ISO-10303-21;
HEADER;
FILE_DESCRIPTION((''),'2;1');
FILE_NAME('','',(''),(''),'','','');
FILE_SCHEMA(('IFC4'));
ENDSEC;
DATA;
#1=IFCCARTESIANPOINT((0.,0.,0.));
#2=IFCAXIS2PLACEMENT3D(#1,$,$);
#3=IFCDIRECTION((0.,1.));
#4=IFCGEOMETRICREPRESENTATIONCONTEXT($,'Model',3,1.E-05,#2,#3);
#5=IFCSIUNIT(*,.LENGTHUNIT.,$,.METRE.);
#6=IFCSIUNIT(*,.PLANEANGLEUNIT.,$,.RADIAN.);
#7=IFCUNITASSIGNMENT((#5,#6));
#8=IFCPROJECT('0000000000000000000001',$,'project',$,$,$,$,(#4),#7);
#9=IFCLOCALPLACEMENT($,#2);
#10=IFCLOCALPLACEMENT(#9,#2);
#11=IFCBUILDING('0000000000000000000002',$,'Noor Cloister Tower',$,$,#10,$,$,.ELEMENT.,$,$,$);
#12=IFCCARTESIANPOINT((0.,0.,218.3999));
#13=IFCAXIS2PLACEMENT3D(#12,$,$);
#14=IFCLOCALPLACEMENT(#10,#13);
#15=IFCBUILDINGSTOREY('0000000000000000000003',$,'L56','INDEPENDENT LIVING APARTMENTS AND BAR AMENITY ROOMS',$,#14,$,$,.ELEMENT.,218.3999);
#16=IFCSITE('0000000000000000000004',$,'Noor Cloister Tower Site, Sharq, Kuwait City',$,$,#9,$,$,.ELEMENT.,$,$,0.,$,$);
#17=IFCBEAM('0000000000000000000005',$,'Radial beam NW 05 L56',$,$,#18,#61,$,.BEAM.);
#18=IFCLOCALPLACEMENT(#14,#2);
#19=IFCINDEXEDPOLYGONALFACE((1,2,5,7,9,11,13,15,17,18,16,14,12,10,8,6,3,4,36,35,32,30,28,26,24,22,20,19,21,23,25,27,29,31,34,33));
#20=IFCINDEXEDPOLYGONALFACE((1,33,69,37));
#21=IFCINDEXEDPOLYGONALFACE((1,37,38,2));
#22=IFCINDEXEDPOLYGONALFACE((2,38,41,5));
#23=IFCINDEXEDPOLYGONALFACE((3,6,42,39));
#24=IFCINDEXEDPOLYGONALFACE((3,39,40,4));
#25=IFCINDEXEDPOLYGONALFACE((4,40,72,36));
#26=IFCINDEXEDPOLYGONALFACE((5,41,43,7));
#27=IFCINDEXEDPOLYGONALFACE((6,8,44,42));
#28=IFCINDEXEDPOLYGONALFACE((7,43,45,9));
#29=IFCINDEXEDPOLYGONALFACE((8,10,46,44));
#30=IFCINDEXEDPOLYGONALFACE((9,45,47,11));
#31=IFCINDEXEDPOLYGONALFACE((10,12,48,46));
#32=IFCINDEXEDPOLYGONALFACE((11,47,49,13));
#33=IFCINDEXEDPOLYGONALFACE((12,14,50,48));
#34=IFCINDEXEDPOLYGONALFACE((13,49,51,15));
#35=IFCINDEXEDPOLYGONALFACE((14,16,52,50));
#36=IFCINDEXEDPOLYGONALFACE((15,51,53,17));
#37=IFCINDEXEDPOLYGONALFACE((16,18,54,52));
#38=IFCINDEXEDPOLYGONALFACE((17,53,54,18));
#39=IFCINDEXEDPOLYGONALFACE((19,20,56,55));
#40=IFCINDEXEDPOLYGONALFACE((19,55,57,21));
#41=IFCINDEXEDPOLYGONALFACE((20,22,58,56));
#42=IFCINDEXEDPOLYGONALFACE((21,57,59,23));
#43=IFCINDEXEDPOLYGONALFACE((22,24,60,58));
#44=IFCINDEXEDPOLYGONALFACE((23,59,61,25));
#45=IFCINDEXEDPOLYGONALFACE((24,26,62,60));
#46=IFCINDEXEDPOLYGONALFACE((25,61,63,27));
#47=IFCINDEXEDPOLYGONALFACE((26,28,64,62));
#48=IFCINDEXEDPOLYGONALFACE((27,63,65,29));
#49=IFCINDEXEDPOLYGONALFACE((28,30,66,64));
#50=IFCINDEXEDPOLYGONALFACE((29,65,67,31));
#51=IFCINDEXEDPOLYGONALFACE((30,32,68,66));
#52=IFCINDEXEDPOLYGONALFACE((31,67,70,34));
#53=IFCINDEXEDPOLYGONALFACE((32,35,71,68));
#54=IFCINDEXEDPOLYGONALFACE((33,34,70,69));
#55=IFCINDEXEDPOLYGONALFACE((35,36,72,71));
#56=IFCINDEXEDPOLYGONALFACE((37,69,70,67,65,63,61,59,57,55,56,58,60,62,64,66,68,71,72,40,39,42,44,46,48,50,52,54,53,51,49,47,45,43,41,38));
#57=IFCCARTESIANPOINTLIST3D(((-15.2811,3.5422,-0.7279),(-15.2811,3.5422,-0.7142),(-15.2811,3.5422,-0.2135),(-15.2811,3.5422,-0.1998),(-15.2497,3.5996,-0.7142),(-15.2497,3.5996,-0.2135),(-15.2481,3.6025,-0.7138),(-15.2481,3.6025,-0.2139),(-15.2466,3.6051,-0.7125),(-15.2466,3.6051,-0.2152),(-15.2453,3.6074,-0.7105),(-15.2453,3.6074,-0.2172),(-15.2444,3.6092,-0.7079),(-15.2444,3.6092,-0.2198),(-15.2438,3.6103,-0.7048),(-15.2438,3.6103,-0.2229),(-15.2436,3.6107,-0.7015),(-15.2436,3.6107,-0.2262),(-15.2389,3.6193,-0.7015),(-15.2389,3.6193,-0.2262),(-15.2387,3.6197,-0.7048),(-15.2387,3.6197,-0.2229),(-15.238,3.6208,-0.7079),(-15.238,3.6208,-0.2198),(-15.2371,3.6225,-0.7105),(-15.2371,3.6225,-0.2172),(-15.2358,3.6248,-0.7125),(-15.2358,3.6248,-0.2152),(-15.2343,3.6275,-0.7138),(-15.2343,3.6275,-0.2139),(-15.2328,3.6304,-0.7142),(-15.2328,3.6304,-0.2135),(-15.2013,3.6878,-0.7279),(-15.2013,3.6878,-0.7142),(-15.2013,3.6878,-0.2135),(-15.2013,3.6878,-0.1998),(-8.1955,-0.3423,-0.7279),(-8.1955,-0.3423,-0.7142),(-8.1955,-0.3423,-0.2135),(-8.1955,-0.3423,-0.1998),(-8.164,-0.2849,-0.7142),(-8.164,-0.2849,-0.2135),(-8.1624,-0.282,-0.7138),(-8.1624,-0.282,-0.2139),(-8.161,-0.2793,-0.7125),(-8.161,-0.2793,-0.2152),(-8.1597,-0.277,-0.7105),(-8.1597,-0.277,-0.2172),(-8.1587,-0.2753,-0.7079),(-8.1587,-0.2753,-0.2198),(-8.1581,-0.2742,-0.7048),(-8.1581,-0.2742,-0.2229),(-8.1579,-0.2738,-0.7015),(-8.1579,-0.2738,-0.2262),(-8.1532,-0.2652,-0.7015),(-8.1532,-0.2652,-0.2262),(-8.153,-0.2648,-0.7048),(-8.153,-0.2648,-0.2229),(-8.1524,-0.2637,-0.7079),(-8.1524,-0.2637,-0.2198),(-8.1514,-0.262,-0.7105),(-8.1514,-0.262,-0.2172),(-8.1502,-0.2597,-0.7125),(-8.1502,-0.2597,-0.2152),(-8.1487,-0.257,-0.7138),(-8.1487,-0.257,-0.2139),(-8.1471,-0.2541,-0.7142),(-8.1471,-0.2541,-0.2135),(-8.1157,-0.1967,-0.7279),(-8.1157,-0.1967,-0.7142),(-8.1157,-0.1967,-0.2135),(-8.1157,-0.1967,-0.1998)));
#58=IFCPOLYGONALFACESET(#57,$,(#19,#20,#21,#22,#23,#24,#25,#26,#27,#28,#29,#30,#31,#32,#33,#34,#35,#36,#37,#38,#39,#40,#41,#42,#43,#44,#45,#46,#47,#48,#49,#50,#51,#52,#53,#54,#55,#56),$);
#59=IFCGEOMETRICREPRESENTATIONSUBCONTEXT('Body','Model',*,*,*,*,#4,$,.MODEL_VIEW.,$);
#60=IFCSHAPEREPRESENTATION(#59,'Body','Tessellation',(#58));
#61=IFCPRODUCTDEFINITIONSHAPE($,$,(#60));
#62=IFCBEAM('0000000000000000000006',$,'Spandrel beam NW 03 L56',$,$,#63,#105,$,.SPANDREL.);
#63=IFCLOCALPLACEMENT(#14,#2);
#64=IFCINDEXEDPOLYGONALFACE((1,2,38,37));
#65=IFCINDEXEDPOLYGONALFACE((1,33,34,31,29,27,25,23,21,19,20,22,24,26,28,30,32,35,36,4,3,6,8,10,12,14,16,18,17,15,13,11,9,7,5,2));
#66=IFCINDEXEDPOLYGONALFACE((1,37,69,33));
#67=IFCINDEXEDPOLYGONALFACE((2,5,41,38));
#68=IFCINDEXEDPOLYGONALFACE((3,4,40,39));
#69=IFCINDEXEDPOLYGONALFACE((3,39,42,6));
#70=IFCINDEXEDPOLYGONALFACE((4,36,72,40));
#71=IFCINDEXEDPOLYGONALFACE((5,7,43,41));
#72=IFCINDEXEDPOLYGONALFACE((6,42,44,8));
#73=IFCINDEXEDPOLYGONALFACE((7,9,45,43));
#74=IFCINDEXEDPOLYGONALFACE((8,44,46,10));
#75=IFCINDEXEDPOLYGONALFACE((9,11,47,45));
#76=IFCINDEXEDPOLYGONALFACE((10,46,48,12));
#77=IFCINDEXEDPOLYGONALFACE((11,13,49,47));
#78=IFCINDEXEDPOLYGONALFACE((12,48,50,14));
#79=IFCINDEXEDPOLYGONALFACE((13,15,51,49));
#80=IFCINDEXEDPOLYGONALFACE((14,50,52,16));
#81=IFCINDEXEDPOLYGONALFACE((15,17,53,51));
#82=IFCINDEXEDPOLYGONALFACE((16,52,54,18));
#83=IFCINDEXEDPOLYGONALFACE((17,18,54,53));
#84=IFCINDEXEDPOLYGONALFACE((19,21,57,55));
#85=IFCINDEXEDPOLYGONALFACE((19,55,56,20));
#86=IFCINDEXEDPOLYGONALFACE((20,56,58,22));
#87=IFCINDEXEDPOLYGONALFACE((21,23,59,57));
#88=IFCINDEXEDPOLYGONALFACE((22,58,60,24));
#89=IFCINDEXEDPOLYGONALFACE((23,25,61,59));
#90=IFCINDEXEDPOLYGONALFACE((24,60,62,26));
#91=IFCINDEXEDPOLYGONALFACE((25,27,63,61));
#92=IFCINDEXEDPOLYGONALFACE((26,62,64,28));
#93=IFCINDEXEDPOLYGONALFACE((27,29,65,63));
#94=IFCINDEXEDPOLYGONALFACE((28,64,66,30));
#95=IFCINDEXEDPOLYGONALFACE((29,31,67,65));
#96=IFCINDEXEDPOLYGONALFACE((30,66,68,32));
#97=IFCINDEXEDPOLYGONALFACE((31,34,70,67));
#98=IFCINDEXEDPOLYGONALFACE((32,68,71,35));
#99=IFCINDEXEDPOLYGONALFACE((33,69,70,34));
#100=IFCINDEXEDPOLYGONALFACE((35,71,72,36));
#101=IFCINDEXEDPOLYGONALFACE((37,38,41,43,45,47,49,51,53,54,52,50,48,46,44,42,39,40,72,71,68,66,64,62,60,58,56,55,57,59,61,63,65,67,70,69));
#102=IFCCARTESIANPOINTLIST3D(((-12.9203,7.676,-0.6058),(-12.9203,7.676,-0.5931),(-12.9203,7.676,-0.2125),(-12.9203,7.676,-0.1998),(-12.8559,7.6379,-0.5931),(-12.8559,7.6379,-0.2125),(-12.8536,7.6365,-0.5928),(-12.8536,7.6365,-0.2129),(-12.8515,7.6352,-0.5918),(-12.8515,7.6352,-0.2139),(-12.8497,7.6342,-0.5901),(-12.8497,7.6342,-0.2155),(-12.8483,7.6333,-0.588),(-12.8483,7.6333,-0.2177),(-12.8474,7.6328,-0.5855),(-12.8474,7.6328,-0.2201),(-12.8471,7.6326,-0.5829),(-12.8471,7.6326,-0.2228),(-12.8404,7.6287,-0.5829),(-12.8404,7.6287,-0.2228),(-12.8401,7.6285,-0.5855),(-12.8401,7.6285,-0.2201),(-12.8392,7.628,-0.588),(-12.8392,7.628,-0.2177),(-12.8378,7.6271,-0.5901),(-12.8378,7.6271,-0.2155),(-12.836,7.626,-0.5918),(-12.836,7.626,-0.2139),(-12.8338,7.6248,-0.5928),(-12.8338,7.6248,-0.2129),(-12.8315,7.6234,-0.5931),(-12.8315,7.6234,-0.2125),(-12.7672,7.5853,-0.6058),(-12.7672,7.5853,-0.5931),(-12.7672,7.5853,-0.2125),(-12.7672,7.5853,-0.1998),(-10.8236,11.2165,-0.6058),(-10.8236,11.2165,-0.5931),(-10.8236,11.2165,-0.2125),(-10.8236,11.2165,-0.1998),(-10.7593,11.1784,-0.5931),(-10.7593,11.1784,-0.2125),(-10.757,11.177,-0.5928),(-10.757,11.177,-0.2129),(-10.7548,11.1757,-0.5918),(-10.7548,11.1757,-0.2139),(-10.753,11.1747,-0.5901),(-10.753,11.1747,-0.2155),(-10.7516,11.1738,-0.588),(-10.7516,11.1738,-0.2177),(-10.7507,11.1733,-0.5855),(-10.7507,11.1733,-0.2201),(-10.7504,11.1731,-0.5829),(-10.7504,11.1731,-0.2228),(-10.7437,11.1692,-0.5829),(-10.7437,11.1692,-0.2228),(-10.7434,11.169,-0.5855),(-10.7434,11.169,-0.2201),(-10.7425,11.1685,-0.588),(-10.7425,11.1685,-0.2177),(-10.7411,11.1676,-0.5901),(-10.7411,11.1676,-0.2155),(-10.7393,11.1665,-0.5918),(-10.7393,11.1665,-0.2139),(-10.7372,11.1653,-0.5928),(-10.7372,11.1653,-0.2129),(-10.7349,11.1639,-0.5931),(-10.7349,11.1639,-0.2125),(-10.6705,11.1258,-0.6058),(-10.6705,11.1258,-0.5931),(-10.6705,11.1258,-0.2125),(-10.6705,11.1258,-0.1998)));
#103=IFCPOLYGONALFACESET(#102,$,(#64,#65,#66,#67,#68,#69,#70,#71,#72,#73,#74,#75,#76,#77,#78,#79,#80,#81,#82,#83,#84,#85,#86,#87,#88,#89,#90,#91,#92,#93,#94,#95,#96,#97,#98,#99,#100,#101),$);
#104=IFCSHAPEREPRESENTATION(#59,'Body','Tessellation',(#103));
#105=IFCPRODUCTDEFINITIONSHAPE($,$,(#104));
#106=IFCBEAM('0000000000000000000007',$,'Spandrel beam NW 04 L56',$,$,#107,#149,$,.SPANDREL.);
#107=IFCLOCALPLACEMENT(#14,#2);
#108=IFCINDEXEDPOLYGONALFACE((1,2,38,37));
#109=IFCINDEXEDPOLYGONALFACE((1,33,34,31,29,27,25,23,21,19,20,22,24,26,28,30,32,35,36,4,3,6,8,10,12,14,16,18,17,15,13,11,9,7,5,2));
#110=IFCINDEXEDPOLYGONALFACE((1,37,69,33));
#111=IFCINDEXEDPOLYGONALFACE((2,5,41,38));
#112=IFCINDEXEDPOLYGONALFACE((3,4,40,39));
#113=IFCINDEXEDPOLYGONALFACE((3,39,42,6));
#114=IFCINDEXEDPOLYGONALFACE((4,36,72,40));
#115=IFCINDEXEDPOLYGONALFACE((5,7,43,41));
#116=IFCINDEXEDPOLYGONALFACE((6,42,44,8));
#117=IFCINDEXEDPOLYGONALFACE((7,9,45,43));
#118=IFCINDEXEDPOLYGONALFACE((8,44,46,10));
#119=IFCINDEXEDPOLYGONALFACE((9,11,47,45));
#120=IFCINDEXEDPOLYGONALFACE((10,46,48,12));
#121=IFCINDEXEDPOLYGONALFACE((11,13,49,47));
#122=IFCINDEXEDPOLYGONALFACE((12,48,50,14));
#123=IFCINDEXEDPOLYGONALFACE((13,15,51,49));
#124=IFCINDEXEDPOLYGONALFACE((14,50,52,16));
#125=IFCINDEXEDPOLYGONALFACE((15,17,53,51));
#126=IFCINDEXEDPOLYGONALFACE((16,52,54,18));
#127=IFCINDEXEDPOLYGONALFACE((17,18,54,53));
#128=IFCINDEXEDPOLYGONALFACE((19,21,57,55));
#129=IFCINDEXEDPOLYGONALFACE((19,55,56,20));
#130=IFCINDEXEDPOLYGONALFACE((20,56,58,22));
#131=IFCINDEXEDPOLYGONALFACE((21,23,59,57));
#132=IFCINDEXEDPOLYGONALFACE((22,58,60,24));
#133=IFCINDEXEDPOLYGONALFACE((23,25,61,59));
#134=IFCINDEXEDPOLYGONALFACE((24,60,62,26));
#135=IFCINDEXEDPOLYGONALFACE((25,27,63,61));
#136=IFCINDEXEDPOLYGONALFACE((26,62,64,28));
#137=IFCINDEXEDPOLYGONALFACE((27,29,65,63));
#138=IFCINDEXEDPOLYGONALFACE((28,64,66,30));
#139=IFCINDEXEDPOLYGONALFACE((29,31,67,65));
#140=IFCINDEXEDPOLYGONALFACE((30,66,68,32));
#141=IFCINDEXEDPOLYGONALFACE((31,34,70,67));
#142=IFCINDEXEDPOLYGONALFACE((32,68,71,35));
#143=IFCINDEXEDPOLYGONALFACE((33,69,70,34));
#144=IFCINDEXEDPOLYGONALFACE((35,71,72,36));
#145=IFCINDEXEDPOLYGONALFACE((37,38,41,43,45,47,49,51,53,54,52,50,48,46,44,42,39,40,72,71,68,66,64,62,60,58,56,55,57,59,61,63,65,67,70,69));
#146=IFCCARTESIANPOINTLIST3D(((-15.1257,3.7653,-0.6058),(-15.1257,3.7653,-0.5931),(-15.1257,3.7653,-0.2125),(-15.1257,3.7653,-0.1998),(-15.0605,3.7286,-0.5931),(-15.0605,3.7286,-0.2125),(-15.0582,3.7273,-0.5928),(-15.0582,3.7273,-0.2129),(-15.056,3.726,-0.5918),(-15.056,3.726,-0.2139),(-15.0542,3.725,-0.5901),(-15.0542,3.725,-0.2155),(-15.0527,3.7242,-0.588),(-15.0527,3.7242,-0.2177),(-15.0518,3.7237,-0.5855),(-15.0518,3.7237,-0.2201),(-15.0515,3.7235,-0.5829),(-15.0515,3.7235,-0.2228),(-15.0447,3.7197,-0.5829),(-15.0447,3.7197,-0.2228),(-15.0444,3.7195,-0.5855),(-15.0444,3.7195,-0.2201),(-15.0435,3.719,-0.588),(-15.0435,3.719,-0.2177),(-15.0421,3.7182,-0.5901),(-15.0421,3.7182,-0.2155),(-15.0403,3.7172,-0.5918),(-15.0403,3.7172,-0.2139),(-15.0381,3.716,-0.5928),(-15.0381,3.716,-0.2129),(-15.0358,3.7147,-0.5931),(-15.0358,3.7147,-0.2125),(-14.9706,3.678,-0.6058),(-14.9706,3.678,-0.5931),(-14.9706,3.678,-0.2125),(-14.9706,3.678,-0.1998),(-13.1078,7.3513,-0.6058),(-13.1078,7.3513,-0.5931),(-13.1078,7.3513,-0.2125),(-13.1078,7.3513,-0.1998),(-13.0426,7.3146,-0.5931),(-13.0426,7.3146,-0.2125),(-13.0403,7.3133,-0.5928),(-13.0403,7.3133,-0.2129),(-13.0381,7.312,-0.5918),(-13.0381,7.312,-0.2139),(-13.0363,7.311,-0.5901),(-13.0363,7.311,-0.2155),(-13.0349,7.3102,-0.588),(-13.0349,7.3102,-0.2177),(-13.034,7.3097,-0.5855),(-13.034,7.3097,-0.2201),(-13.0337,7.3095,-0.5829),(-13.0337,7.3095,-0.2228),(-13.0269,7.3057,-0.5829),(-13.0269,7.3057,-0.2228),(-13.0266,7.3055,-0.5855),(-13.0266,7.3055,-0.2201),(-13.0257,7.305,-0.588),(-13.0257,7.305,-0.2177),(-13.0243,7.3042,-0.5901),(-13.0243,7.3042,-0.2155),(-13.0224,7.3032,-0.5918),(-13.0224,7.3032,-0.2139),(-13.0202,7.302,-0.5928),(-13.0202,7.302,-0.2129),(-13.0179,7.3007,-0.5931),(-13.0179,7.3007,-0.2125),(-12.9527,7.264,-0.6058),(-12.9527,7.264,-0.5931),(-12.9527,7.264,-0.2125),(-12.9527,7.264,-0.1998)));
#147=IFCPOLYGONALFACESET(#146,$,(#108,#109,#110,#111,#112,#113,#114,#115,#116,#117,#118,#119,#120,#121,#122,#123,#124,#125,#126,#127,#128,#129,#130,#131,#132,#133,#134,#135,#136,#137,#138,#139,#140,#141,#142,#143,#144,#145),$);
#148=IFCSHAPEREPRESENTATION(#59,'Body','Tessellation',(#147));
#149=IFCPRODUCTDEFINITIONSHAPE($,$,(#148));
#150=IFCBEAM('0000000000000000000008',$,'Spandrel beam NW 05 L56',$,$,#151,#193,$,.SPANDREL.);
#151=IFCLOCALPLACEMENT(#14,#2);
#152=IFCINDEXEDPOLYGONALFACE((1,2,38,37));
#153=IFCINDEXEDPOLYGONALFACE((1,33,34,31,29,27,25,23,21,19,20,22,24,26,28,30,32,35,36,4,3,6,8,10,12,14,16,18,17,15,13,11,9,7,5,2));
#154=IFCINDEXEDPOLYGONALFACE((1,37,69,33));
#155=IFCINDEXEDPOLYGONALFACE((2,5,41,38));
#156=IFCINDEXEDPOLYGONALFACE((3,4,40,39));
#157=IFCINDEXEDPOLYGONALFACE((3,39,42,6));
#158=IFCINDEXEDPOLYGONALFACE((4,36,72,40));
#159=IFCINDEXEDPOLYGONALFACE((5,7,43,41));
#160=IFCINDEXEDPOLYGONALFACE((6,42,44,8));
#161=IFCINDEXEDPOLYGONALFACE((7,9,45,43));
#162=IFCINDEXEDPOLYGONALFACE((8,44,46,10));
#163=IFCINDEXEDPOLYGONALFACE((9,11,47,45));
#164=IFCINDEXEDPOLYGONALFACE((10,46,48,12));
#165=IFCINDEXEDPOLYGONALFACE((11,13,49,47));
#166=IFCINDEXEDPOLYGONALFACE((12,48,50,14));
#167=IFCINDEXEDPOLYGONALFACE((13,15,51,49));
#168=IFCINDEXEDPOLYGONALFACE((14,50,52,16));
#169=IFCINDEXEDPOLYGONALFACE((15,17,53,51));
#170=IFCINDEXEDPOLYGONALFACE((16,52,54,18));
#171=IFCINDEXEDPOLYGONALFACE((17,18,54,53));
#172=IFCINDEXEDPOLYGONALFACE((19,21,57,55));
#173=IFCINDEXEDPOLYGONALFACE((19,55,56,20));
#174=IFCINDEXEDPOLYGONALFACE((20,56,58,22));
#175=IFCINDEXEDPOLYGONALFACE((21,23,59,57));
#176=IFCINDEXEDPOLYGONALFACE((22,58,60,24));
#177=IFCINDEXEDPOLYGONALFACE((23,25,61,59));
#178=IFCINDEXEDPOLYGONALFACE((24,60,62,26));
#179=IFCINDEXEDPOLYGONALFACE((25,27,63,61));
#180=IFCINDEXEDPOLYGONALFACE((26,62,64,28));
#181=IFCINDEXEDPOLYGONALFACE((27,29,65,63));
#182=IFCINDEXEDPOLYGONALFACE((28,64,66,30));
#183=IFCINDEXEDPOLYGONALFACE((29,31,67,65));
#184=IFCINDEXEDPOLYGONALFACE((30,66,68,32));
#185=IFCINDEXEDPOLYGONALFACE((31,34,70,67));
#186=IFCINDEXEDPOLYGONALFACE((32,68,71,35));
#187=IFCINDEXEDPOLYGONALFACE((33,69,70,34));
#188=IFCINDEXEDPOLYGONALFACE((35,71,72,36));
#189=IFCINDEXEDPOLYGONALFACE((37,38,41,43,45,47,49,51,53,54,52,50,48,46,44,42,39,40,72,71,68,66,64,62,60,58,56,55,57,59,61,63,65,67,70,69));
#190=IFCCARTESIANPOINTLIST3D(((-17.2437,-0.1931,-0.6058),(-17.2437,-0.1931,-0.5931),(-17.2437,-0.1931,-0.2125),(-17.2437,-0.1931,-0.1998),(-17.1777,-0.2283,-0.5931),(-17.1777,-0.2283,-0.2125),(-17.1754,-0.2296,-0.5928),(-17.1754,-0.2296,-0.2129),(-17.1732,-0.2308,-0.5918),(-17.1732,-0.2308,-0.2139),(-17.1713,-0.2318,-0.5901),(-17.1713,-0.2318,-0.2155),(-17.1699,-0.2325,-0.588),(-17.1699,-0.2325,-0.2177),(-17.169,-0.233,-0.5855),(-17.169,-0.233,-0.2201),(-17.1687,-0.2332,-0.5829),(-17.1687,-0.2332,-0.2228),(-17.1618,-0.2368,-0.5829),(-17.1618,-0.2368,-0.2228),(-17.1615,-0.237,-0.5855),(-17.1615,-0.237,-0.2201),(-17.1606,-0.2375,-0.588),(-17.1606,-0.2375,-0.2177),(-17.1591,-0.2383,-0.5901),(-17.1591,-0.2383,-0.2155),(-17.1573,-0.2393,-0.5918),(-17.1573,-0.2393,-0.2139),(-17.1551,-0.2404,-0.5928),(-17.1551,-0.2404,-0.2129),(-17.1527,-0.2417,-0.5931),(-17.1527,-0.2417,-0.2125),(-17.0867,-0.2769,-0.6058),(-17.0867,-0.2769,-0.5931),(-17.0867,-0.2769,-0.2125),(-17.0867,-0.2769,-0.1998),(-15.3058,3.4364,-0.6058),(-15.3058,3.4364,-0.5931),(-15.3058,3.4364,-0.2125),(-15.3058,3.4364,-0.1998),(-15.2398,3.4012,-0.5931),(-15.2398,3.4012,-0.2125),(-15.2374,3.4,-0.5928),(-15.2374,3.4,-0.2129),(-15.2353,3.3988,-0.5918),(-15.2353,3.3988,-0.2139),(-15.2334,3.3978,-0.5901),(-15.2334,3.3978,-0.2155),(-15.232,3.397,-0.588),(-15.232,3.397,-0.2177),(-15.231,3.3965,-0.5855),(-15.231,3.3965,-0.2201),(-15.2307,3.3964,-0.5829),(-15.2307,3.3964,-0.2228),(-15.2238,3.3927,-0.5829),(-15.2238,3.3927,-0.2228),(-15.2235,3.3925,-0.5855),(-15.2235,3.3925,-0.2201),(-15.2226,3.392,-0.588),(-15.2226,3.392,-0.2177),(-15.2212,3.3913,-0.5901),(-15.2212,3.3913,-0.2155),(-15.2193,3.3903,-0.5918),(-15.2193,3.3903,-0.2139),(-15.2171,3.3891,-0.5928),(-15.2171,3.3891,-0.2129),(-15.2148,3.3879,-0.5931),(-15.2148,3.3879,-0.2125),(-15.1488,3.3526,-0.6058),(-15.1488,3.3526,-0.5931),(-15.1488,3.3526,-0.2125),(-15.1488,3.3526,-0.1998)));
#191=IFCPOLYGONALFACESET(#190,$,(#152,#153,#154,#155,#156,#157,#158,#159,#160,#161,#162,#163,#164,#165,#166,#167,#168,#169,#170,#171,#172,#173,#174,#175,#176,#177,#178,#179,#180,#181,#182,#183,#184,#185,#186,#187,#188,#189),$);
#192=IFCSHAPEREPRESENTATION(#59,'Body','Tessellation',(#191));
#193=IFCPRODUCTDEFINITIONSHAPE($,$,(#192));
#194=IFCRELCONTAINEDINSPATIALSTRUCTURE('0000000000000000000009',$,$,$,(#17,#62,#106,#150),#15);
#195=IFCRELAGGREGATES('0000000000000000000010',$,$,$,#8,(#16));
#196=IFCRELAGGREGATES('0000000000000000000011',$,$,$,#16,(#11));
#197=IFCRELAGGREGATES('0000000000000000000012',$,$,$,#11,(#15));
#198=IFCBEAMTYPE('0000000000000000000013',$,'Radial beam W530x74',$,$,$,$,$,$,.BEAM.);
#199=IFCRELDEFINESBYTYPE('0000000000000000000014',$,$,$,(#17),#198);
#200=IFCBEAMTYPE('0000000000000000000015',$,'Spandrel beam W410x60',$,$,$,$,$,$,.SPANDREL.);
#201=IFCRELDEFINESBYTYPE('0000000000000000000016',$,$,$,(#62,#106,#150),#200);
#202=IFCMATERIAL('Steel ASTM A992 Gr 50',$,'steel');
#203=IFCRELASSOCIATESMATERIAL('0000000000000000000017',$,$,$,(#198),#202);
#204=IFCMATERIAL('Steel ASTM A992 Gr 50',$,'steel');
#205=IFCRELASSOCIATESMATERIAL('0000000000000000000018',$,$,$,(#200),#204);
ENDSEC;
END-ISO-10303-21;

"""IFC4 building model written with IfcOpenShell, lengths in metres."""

from ifc_helpers import new_model, si_unit, direction, frame, origin, origin_2d, place, context, subcontext, project, spatial, i_section, extrude, material, material_profile, profile_set, type_object, element, save


model = new_model("IFC4")

# Units and contexts
model_context = context("Model", 3, precision=1e-05, world=origin(), true_north=direction((0.0, 1.0)))
body_context = subcontext(model_context, "Body", "Model", "MODEL_VIEW")
ifc_project = project(units=[si_unit("LENGTHUNIT", "METRE"), si_unit("PLANEANGLEUNIT", "RADIAN")], contexts=[model_context])

# Site, building, storey
site_placement = place(None, origin())
site = spatial("IfcSite", under=ifc_project, at=site_placement, Name="Noor Cloister Tower Site, Sharq, Kuwait City", CompositionType="ELEMENT", RefElevation=0.0)
building_placement = place(site_placement, origin())
building = spatial("IfcBuilding", under=site, at=building_placement, Name="Noor Cloister Tower", CompositionType="ELEMENT")
storey_placement = place(building_placement, frame((0.0, 0.0, 218.3999)))
storey = spatial("IfcBuildingStorey", under=building, at=storey_placement, Name="L56", Description="INDEPENDENT LIVING APARTMENTS AND BAR AMENITY ROOMS", CompositionType="ELEMENT", Elevation=218.3999)

# Beams
ifc_material_1 = material(Name="Steel ASTM A992 Gr 50", Category="steel")
ifc_material_profile_1 = material_profile(ifc_material_1, i_section(OverallWidth=0.166, OverallDepth=0.5281, WebThickness=0.0098, FlangeThickness=0.0137, FilletRadius=0.0127, at=origin_2d()), Name="W530x74")
ifc_profile_set_1 = profile_set([ifc_material_profile_1], Name="Steel ASTM A992 Gr 50")
beam_type_1 = type_object("IfcBeamType", Name="Radial beam W530x74", PredefinedType="BEAM", material=ifc_profile_set_1)
beam_1_placement = place(storey_placement, frame((-15.2412, 3.615, -0.4639), z_axis=(0.876874, -0.48072, 0.0), x_axis=(0.48072, 0.876874, 0.0)))
element("IfcBeam", 1, at=beam_1_placement, inside=storey, type_object=beam_type_1, Name="Radial beam NW 05 L56", PredefinedType="BEAM", context=body_context, shape_type="SweptSolid", body=[
    extrude(i_section(OverallWidth=0.166, OverallDepth=0.5281, WebThickness=0.0098, FlangeThickness=0.0137, FilletRadius=0.0127, at=origin_2d()), origin(), (0.0, 0.0, 1.0), 8.0806),
])
ifc_material_2 = material(Name="Steel ASTM A992 Gr 50", Category="steel")
ifc_material_profile_2 = material_profile(ifc_material_2, i_section(OverallWidth=0.178, OverallDepth=0.406, WebThickness=0.0078, FlangeThickness=0.0127, FilletRadius=0.0103, at=origin_2d()), Name="W410x60")
ifc_profile_set_2 = profile_set([ifc_material_profile_2], Name="Steel ASTM A992 Gr 50")
beam_type_2 = type_object("IfcBeamType", Name="Spandrel beam W410x60", PredefinedType="SPANDREL", material=ifc_profile_set_2)
for number, where, z_axis, x_axis, name in (
    (2, (-10.7471, 11.1711, -0.4028), (-0.509549, -0.860442, 0.0), (0.860442, -0.509549, 0.0), "Spandrel beam NW 03 L56"),
    (3, (-13.0303, 7.3076, -0.4028), (-0.490396, -0.871499, 0.0), (0.871499, -0.490396, 0.0), "Spandrel beam NW 04 L56"),
):
    element("IfcBeam", number, at=place(storey_placement, frame(where, z_axis=z_axis, x_axis=x_axis)), inside=storey, type_object=beam_type_2, Name=name, PredefinedType="SPANDREL", context=body_context, shape_type="SweptSolid", body=[
        extrude(i_section(OverallWidth=0.178, OverallDepth=0.406, WebThickness=0.0078, FlangeThickness=0.0127, FilletRadius=0.0103, at=origin_2d()), origin(), (0.0, 0.0, 1.0), 4.1147),
    ])
beam_2_placement = place(storey_placement, frame((-15.2273, 3.3945, -0.4028), z_axis=(-0.471001, -0.882133, 0.0), x_axis=(0.882133, -0.471001, 0.0)))
element("IfcBeam", 4, at=beam_2_placement, inside=storey, type_object=beam_type_2, Name="Spandrel beam NW 05 L56", PredefinedType="SPANDREL", context=body_context, shape_type="SweptSolid", body=[
    extrude(i_section(OverallWidth=0.178, OverallDepth=0.406, WebThickness=0.0078, FlangeThickness=0.0127, FilletRadius=0.0103, at=origin_2d()), origin(), (0.0, 0.0, 1.0), 4.1145),
])

save(model, "model.ifc")
